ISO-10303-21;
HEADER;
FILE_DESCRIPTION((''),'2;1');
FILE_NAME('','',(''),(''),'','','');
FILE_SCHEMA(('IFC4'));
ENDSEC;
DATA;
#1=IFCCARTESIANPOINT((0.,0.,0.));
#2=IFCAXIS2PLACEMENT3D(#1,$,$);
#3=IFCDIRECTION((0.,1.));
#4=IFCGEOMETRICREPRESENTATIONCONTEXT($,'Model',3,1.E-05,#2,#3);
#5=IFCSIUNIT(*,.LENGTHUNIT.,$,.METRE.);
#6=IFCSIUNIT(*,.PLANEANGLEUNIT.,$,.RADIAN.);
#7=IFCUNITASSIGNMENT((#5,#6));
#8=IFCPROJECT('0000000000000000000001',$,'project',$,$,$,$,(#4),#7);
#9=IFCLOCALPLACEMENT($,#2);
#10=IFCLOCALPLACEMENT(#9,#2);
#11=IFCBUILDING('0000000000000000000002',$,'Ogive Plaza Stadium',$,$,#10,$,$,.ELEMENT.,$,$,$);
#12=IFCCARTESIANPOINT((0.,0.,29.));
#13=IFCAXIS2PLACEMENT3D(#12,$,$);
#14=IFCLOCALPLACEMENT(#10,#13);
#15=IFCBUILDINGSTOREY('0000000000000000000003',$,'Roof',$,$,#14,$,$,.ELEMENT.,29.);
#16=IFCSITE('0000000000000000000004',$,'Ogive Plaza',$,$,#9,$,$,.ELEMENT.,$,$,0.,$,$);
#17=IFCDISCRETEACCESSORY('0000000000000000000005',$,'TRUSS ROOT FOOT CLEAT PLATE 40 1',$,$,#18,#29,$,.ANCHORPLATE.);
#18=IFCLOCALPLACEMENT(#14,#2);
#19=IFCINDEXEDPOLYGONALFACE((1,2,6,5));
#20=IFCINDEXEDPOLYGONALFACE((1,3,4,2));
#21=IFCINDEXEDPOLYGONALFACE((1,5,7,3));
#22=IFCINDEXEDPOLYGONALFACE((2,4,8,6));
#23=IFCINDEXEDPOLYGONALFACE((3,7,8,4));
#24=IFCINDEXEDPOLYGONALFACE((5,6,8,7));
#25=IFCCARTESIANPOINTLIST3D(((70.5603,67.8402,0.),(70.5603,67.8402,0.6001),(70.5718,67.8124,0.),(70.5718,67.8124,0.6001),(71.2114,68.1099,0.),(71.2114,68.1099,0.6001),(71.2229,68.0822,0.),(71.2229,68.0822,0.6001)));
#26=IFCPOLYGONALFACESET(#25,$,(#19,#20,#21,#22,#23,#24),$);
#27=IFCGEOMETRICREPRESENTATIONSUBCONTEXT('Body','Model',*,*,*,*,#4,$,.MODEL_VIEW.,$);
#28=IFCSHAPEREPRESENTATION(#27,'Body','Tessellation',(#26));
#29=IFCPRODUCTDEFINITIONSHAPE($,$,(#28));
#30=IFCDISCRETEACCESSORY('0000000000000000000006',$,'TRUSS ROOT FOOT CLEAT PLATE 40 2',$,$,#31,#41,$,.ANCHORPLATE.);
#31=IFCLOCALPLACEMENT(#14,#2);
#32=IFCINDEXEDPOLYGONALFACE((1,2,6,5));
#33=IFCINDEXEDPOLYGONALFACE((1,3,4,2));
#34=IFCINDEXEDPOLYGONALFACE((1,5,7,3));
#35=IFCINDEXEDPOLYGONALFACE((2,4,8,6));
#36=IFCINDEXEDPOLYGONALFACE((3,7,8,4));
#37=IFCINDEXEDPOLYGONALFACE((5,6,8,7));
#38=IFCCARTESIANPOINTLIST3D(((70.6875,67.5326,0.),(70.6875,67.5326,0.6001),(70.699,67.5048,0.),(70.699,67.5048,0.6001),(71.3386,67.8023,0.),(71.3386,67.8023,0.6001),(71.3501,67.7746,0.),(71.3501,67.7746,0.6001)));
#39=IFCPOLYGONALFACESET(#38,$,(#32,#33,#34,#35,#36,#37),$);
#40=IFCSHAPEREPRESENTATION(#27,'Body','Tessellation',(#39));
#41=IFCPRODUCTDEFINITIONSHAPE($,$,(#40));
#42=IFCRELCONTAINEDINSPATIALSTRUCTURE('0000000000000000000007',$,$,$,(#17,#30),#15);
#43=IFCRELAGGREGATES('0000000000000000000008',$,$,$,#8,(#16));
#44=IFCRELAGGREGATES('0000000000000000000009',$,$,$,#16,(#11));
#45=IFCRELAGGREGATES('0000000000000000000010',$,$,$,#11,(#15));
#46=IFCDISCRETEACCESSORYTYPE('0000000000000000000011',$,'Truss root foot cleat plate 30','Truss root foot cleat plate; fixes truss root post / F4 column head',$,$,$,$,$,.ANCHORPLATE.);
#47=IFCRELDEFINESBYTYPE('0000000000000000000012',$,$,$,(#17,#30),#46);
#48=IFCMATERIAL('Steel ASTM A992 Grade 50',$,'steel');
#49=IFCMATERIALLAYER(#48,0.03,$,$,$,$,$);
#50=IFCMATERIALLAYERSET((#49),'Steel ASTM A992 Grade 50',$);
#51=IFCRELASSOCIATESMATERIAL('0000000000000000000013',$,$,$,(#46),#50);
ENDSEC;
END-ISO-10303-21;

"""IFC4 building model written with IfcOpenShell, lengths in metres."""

from ifc_helpers import new_model, si_unit, direction, frame, origin, origin_2d, place, context, subcontext, project, spatial, rectangle, extrude, material, layer, layer_set, type_object, element, save


model = new_model("IFC4")

# Units and contexts
model_context = context("Model", 3, precision=1e-05, world=origin(), true_north=direction((0.0, 1.0)))
body_context = subcontext(model_context, "Body", "Model", "MODEL_VIEW")
ifc_project = project(units=[si_unit("LENGTHUNIT", "METRE"), si_unit("PLANEANGLEUNIT", "RADIAN")], contexts=[model_context])

# Site, building, storey
site_placement = place(None, origin())
site = spatial("IfcSite", under=ifc_project, at=site_placement, Name="Ogive Plaza", CompositionType="ELEMENT", RefElevation=0.0)
building_placement = place(site_placement, origin())
building = spatial("IfcBuilding", under=site, at=building_placement, Name="Ogive Plaza Stadium", CompositionType="ELEMENT")
storey_placement = place(building_placement, frame((0.0, 0.0, 29.0)))
storey = spatial("IfcBuildingStorey", under=building, at=storey_placement, Name="Roof", CompositionType="ELEMENT", Elevation=29.0)

# Discrete accessories
ifc_material_1 = material(Name="Steel ASTM A992 Grade 50", Category="steel")
ifc_layer_1 = layer(ifc_material_1, 0.03)
ifc_layer_set_1 = layer_set([ifc_layer_1], Name="Steel ASTM A992 Grade 50")
discrete_accessory_type_1 = type_object("IfcDiscreteAccessoryType", Name="Truss root foot cleat plate 30", Description="Truss root foot cleat plate; fixes truss root post / F4 column head", PredefinedType="ANCHORPLATE", material=ifc_layer_set_1)
for number, where, z_axis, x_axis, name in (
    (1, (70.8916, 67.9612, 0.0), (0.0, 0.0, 1.0), (0.92388, 0.382683, 0.0), "TRUSS ROOT FOOT CLEAT PLATE 40 1"),
    (2, (71.0188, 67.6536, 0.0), (0.0, 0.0, 1.0), (0.92388, 0.382683, 0.0), "TRUSS ROOT FOOT CLEAT PLATE 40 2"),
):
    element("IfcDiscreteAccessory", number, at=place(storey_placement, frame(where, z_axis=z_axis, x_axis=x_axis)), inside=storey, type_object=discrete_accessory_type_1, Name=name, PredefinedType="ANCHORPLATE", context=body_context, shape_type="SweptSolid", body=[
        extrude(rectangle(XDim=0.7048, YDim=0.03, at=origin_2d()), origin(), (0.0, 0.0, 1.0), 0.6001),
    ])

save(model, "model.ifc")
